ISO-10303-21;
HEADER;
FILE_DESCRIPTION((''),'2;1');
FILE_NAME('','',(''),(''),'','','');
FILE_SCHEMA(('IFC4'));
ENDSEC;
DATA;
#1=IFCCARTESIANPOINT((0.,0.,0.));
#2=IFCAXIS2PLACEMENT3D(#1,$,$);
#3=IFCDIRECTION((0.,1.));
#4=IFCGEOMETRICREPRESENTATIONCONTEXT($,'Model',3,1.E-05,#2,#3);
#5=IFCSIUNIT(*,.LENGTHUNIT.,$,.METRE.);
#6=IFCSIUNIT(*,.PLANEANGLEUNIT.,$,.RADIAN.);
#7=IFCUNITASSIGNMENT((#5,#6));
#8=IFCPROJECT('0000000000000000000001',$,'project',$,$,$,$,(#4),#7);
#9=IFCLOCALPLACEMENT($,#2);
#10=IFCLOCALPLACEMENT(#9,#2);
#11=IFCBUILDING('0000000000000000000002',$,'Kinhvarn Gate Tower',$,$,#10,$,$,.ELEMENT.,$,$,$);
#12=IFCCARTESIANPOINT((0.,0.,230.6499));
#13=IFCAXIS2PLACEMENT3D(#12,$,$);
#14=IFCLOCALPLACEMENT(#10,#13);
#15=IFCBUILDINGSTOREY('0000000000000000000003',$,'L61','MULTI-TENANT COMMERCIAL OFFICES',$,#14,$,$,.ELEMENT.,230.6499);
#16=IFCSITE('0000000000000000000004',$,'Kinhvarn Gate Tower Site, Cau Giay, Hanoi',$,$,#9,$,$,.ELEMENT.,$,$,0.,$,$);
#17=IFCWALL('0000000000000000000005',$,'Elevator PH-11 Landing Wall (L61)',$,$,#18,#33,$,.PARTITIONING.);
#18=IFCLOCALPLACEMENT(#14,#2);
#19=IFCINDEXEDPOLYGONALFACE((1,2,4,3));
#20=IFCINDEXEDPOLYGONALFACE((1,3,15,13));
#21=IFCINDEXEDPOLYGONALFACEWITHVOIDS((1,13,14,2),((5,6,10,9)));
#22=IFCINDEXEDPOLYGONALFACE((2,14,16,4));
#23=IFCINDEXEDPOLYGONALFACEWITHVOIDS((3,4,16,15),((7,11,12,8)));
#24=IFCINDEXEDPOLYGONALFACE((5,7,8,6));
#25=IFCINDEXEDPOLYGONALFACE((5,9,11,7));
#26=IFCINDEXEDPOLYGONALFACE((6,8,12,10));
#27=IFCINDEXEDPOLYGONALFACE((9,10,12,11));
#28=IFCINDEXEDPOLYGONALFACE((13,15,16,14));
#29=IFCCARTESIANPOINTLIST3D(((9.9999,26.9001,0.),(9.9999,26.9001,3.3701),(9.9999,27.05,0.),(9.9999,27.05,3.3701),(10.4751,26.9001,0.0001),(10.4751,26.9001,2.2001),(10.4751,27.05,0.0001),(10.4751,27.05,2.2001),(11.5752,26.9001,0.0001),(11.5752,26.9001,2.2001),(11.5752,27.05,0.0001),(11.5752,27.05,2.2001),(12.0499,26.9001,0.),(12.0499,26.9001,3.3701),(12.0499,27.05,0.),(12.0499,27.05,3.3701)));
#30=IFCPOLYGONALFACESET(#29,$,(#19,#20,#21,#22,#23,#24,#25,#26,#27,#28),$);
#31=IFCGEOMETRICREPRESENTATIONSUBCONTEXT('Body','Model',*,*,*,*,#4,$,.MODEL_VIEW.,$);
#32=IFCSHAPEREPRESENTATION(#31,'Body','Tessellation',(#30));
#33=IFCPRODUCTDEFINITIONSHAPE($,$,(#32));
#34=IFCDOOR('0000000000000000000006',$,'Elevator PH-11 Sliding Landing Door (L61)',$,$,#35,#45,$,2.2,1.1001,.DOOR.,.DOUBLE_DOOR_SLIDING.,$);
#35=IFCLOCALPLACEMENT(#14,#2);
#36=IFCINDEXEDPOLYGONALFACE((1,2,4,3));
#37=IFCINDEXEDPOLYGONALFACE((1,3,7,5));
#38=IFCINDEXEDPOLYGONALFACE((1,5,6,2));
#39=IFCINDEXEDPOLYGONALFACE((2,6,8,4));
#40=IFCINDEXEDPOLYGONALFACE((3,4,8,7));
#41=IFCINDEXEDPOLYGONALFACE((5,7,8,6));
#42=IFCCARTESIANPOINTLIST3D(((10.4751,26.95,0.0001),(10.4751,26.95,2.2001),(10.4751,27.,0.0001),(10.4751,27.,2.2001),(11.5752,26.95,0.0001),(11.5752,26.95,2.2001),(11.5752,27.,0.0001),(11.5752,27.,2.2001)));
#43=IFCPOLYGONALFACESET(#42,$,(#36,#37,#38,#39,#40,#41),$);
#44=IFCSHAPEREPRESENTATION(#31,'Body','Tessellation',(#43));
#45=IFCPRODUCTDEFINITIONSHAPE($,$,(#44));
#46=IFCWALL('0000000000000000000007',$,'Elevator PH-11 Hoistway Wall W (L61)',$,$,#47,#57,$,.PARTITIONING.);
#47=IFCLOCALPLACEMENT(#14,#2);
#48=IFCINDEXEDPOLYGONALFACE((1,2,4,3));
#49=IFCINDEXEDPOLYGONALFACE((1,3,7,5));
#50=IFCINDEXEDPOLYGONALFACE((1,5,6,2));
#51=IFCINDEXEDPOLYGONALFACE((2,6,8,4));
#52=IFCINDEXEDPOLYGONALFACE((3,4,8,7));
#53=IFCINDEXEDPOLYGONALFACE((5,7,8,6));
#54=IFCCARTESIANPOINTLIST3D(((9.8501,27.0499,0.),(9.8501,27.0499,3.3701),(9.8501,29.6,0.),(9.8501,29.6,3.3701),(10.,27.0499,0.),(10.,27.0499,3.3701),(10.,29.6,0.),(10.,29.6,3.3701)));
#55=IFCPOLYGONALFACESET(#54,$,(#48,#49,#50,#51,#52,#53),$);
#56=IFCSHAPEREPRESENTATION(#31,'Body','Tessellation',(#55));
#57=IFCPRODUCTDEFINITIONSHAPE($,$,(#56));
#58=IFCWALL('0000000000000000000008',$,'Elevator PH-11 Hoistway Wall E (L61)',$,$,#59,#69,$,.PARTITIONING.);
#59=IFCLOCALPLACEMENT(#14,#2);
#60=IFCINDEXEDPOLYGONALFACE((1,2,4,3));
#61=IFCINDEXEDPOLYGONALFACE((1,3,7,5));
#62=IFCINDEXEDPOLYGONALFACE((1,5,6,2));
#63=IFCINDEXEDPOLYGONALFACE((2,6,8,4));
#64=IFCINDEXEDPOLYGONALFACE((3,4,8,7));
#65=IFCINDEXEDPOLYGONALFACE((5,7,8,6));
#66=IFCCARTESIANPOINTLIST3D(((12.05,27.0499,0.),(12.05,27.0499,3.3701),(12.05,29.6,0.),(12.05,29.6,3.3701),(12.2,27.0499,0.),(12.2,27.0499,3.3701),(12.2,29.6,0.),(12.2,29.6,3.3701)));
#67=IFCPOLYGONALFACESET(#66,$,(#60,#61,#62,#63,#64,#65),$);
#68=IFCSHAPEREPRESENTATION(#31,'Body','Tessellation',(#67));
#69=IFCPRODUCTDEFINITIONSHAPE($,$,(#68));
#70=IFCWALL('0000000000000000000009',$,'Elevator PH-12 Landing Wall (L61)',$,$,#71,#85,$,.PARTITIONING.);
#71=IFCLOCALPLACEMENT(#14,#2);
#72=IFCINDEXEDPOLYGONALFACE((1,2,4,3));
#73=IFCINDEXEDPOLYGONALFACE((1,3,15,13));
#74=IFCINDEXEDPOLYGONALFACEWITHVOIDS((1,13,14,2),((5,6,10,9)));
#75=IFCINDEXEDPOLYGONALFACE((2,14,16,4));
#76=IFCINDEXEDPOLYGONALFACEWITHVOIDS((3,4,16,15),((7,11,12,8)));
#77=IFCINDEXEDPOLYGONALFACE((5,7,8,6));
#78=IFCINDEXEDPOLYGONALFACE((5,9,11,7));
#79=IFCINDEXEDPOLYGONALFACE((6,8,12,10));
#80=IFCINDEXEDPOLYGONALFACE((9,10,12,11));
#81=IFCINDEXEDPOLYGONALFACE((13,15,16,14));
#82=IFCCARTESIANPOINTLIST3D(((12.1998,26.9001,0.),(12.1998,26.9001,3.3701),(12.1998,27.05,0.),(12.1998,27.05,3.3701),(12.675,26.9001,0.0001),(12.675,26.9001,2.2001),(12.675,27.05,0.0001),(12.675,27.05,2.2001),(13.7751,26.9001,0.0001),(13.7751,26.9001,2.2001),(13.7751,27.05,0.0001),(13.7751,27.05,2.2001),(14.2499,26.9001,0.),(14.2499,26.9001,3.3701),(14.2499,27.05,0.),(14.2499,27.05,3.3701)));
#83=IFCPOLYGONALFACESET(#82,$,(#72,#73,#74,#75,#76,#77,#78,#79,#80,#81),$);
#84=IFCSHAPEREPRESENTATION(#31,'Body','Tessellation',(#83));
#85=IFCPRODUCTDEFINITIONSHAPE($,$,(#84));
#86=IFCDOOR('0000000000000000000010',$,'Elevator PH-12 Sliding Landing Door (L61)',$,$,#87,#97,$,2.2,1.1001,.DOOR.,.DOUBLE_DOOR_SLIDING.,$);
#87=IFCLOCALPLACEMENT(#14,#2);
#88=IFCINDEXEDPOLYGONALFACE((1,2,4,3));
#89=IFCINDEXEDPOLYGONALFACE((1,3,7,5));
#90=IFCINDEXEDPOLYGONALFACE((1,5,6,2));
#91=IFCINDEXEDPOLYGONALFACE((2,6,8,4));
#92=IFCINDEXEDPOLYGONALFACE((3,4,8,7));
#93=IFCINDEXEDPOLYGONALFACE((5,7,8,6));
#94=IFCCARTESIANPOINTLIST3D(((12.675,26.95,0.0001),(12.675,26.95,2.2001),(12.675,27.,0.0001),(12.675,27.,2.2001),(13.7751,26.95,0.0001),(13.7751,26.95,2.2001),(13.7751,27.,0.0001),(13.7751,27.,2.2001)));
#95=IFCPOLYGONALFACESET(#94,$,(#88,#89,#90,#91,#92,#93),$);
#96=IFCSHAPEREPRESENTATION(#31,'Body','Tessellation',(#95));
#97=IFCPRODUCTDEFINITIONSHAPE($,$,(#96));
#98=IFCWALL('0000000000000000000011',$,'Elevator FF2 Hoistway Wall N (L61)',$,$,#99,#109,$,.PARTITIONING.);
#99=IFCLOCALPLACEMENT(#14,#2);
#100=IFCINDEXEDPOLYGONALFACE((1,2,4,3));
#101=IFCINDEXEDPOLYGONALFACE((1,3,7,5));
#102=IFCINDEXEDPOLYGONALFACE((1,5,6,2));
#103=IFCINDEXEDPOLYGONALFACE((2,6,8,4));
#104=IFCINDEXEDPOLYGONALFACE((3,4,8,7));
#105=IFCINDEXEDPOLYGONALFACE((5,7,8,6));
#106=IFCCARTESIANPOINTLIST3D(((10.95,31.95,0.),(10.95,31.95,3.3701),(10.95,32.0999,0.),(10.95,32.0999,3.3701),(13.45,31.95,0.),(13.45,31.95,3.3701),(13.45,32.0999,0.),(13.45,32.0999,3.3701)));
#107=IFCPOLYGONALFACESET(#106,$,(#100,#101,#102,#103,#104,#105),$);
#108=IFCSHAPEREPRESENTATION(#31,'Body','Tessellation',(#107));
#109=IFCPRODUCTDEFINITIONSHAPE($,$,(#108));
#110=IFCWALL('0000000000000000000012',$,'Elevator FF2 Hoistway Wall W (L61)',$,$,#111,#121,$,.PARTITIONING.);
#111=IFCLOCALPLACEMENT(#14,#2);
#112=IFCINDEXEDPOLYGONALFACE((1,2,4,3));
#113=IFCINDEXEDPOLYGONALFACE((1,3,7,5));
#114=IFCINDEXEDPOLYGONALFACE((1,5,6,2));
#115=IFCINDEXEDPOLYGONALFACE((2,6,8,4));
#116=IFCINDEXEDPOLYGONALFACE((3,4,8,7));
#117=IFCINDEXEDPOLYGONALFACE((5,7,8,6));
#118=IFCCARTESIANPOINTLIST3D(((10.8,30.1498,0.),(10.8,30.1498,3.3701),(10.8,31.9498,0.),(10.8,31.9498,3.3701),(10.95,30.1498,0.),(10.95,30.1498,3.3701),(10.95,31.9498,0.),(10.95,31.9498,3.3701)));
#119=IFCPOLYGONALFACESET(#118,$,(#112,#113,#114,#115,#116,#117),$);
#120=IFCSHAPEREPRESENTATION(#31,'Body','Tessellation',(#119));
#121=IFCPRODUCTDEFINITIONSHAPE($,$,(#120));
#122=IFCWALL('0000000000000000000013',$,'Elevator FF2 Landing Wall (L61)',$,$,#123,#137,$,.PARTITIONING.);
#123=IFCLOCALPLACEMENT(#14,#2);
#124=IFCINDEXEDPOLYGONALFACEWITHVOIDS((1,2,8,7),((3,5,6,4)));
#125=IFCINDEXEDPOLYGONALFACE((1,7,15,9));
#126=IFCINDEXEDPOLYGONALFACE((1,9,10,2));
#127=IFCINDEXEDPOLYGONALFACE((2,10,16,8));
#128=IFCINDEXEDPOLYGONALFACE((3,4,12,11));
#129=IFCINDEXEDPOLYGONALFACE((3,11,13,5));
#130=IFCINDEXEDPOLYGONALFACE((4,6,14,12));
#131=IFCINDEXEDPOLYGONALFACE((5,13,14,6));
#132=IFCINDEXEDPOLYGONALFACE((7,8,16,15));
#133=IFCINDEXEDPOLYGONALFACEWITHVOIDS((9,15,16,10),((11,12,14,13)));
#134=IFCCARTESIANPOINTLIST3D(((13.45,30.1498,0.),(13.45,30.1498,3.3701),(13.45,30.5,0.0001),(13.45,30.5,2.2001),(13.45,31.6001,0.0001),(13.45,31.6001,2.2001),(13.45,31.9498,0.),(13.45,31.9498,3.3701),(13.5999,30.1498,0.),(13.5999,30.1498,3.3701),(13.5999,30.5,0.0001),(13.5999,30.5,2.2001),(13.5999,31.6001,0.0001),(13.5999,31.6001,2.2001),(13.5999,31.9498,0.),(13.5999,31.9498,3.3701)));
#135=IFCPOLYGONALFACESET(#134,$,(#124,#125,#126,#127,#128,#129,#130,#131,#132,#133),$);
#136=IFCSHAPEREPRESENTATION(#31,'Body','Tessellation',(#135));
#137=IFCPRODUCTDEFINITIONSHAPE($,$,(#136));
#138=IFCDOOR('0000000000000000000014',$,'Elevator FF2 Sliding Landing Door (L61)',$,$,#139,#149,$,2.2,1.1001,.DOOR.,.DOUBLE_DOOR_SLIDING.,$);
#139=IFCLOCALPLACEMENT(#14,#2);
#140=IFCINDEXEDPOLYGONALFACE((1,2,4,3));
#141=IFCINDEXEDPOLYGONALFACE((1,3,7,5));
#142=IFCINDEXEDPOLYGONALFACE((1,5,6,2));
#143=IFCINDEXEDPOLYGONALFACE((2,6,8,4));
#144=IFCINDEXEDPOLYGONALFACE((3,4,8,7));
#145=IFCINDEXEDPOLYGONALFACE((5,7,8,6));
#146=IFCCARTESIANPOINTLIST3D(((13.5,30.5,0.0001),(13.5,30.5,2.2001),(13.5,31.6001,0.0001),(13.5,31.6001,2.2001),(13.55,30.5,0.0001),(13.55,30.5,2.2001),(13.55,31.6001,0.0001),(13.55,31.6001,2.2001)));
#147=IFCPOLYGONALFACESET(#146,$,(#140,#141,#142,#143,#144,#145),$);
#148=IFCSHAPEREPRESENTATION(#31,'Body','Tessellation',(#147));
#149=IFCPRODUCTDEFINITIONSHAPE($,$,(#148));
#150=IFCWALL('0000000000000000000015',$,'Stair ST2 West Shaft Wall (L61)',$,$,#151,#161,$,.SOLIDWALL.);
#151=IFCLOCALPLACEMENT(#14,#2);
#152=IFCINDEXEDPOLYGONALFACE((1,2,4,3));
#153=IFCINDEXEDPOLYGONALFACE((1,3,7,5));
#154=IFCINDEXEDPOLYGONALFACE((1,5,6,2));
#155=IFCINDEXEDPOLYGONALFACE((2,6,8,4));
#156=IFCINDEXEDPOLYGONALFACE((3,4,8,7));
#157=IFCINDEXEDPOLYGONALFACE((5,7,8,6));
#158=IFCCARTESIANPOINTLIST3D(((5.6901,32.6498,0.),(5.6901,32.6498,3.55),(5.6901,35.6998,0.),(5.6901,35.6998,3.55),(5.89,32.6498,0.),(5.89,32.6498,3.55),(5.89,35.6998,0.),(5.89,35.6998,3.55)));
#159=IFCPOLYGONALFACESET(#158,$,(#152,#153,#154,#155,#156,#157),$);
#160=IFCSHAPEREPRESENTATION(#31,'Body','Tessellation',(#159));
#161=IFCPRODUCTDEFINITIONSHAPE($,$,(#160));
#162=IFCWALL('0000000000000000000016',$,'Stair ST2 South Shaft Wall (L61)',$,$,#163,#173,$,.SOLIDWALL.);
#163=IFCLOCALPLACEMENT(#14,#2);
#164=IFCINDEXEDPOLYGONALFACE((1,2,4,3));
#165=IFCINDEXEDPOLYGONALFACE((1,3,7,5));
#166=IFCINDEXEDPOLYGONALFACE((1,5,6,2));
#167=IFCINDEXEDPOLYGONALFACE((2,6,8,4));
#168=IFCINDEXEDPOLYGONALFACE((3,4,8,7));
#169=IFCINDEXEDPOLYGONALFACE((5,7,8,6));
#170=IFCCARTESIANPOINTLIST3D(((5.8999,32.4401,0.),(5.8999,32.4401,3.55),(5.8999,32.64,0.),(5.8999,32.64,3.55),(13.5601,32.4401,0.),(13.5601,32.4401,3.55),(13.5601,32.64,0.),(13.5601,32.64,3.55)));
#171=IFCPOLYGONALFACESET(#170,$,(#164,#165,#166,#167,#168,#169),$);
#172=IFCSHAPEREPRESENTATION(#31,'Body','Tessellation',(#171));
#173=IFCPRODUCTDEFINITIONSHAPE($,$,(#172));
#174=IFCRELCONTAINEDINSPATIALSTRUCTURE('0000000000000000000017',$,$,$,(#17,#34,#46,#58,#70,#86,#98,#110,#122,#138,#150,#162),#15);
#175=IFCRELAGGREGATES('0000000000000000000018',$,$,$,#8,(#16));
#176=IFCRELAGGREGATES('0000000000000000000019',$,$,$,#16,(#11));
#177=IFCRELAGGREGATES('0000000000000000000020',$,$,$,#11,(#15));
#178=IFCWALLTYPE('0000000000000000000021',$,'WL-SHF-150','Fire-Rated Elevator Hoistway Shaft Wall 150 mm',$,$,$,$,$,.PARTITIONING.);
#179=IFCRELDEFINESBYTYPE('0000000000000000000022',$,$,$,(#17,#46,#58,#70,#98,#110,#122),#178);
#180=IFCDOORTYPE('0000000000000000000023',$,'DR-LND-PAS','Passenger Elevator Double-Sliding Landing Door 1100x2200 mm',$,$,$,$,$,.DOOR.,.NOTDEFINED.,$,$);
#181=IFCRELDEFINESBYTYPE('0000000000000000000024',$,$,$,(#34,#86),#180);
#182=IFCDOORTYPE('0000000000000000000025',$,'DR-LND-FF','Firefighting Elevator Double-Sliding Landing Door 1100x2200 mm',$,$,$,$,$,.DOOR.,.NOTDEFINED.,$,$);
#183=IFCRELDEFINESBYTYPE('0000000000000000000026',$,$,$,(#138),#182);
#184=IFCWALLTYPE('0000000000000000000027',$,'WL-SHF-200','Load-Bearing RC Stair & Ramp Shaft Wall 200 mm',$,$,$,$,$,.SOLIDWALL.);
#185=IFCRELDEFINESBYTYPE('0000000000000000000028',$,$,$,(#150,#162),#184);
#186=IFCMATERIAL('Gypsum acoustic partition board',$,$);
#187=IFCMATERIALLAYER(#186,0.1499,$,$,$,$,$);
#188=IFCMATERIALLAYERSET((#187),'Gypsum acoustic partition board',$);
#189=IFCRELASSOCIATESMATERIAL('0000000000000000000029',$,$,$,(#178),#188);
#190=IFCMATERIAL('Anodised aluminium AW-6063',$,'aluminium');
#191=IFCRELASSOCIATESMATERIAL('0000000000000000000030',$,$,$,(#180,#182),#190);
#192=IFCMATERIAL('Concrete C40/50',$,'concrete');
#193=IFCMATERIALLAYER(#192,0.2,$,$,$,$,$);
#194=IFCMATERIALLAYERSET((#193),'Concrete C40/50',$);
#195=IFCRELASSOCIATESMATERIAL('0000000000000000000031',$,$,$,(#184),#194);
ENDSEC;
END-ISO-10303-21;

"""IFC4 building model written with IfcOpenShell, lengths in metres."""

from ifc_helpers import new_model, si_unit, direction, frame, frame_2d, origin, place, context, subcontext, project, spatial, rectangle, extrude, material, layer, layer_set, type_object, element, fill, save


model = new_model("IFC4")

# Units and contexts
model_context = context("Model", 3, precision=1e-05, world=origin(), true_north=direction((0.0, 1.0)))
body_context = subcontext(model_context, "Body", "Model", "MODEL_VIEW")
ifc_project = project(units=[si_unit("LENGTHUNIT", "METRE"), si_unit("PLANEANGLEUNIT", "RADIAN")], contexts=[model_context])

# Site, building, storey
site_placement = place(None, origin())
site = spatial("IfcSite", under=ifc_project, at=site_placement, Name="Kinhvarn Gate Tower Site, Cau Giay, Hanoi", CompositionType="ELEMENT", RefElevation=0.0)
building_placement = place(site_placement, origin())
building = spatial("IfcBuilding", under=site, at=building_placement, Name="Kinhvarn Gate Tower", CompositionType="ELEMENT")
storey_placement = place(building_placement, frame((0.0, 0.0, 230.6499)))
storey = spatial("IfcBuildingStorey", under=building, at=storey_placement, Name="L61", Description="MULTI-TENANT COMMERCIAL OFFICES", CompositionType="ELEMENT", Elevation=230.6499)

# Shared definitions
ifc_material_1 = material(Name="Gypsum acoustic partition board")

# Shared definitions
ifc_material_2 = material(Name="Anodised aluminium AW-6063", Category="aluminium")

# Wall, opening, door
ifc_layer_1 = layer(ifc_material_1, 0.1499)
ifc_layer_set_1 = layer_set([ifc_layer_1], Name="Gypsum acoustic partition board")
wall_type_1 = type_object("IfcWallType", Name="WL-SHF-150", Description="Fire-Rated Elevator Hoistway Shaft Wall 150 mm", PredefinedType="PARTITIONING", material=ifc_layer_set_1)
door_type_1 = type_object("IfcDoorType", Name="DR-LND-PAS", Description="Passenger Elevator Double-Sliding Landing Door 1100x2200 mm", OperationType="NOTDEFINED", PredefinedType="DOOR", material=ifc_material_2)
wall_1_placement = place(storey_placement, frame((10.0, 26.9751, 0.0), z_axis=(0.0, 0.0, 1.0), x_axis=(1.0, 0.0, 0.0)))
wall_1 = element("IfcWall", 1, at=wall_1_placement, inside=storey, type_object=wall_type_1, Name="Elevator PH-11 Landing Wall (L61)", PredefinedType="PARTITIONING", context=body_context, shape_type="SweptSolid", body=[
    extrude(rectangle(XDim=2.05, YDim=0.1499, at=frame_2d((1.0249, 0.0))), origin(), (0.0, 0.0, 1.0), 3.3701),
])
opening_1_placement = place(wall_1_placement, frame((0.4751, 0.0, 0.0)))
opening_1 = element("IfcOpeningElement", 2, at=opening_1_placement, cuts=wall_1, PredefinedType="OPENING", context=body_context, shape_type="SweptSolid", body=[
    extrude(rectangle(XDim=1.1001, YDim=2.2, at=frame_2d((0.55, 1.1001))), frame((0.0, 0.085, 0.0), z_axis=(0.0, -1.0, 0.0), x_axis=(1.0, 0.0, 0.0)), (0.0, 0.0, 1.0), 0.1699),
])
door_1_placement = place(opening_1_placement, origin())
door_1 = element("IfcDoor", 3, at=door_1_placement, inside=storey, type_object=door_type_1, Name="Elevator PH-11 Sliding Landing Door (L61)", OperationType="DOUBLE_DOOR_SLIDING", OverallHeight=2.2, OverallWidth=1.1001, PredefinedType="DOOR", context=body_context, shape_type="SweptSolid", body=[
    extrude(rectangle(XDim=1.1001, YDim=2.2, at=frame_2d((0.55, 1.1001))), frame((0.0, 0.0249, 0.0), z_axis=(0.0, -1.0, 0.0), x_axis=(1.0, 0.0, 0.0)), (0.0, 0.0, 1.0), 0.05),
])
fill(opening_1, door_1)

# Walls
for number, where, z_axis, x_axis, name in (
    (4, (9.925, 27.05, 0.0), (0.0, 0.0, 1.0), (0.0, 1.0, 0.0), "Elevator PH-11 Hoistway Wall W (L61)"),
    (5, (12.125, 27.05, 0.0), (0.0, 0.0, 1.0), (0.0, 1.0, 0.0), "Elevator PH-11 Hoistway Wall E (L61)"),
):
    element("IfcWall", number, at=place(storey_placement, frame(where, z_axis=z_axis, x_axis=x_axis)), inside=storey, type_object=wall_type_1, Name=name, PredefinedType="PARTITIONING", context=body_context, shape_type="SweptSolid", body=[
        extrude(rectangle(XDim=2.55, YDim=0.1499, at=frame_2d((1.2749, 0.0))), origin(), (0.0, 0.0, 1.0), 3.3701),
    ])

# Wall, opening, door
wall_2_placement = place(storey_placement, frame((12.2, 26.9751, 0.0), z_axis=(0.0, 0.0, 1.0), x_axis=(1.0, 0.0, 0.0)))
wall_2 = element("IfcWall", 6, at=wall_2_placement, inside=storey, type_object=wall_type_1, Name="Elevator PH-12 Landing Wall (L61)", PredefinedType="PARTITIONING", context=body_context, shape_type="SweptSolid", body=[
    extrude(rectangle(XDim=2.05, YDim=0.1499, at=frame_2d((1.0249, 0.0))), origin(), (0.0, 0.0, 1.0), 3.3701),
])
opening_2_placement = place(wall_2_placement, frame((0.4751, 0.0, 0.0)))
opening_2 = element("IfcOpeningElement", 7, at=opening_2_placement, cuts=wall_2, PredefinedType="OPENING", context=body_context, shape_type="SweptSolid", body=[
    extrude(rectangle(XDim=1.1001, YDim=2.2, at=frame_2d((0.55, 1.1001))), frame((0.0, 0.085, 0.0), z_axis=(0.0, -1.0, 0.0), x_axis=(1.0, 0.0, 0.0)), (0.0, 0.0, 1.0), 0.1699),
])
door_2_placement = place(opening_2_placement, origin())
door_2 = element("IfcDoor", 8, at=door_2_placement, inside=storey, type_object=door_type_1, Name="Elevator PH-12 Sliding Landing Door (L61)", OperationType="DOUBLE_DOOR_SLIDING", OverallHeight=2.2, OverallWidth=1.1001, PredefinedType="DOOR", context=body_context, shape_type="SweptSolid", body=[
    extrude(rectangle(XDim=1.1001, YDim=2.2, at=frame_2d((0.55, 1.1001))), frame((0.0, 0.0249, 0.0), z_axis=(0.0, -1.0, 0.0), x_axis=(1.0, 0.0, 0.0)), (0.0, 0.0, 1.0), 0.05),
])
fill(opening_2, door_2)

# Walls
wall_3_placement = place(storey_placement, frame((10.95, 32.0249, 0.0), z_axis=(0.0, 0.0, 1.0), x_axis=(1.0, 0.0, 0.0)))
element("IfcWall", 9, at=wall_3_placement, inside=storey, type_object=wall_type_1, Name="Elevator FF2 Hoistway Wall N (L61)", PredefinedType="PARTITIONING", context=body_context, shape_type="SweptSolid", body=[
    extrude(rectangle(XDim=2.5, YDim=0.1499, at=frame_2d((1.25, 0.0))), origin(), (0.0, 0.0, 1.0), 3.3701),
])
wall_4_placement = place(storey_placement, frame((10.875, 30.1499, 0.0), z_axis=(0.0, 0.0, 1.0), x_axis=(0.0, 1.0, 0.0)))
element("IfcWall", 10, at=wall_4_placement, inside=storey, type_object=wall_type_1, Name="Elevator FF2 Hoistway Wall W (L61)", PredefinedType="PARTITIONING", context=body_context, shape_type="SweptSolid", body=[
    extrude(rectangle(XDim=1.8, YDim=0.1499, at=frame_2d((0.8999, 0.0))), origin(), (0.0, 0.0, 1.0), 3.3701),
])

# Wall, opening, door
wall_5_placement = place(storey_placement, frame((13.5249, 30.1499, 0.0), z_axis=(0.0, 0.0, 1.0), x_axis=(0.0, 1.0, 0.0)))
wall_5 = element("IfcWall", 11, at=wall_5_placement, inside=storey, type_object=wall_type_1, Name="Elevator FF2 Landing Wall (L61)", PredefinedType="PARTITIONING", context=body_context, shape_type="SweptSolid", body=[
    extrude(rectangle(XDim=1.8, YDim=0.1499, at=frame_2d((0.8999, 0.0))), origin(), (0.0, 0.0, 1.0), 3.3701),
])
opening_3_placement = place(wall_5_placement, frame((0.3501, 0.0, 0.0)))
opening_3 = element("IfcOpeningElement", 12, at=opening_3_placement, cuts=wall_5, PredefinedType="OPENING", context=body_context, shape_type="SweptSolid", body=[
    extrude(rectangle(XDim=1.1001, YDim=2.2, at=frame_2d((0.55, 1.1001))), frame((0.0, 0.085, 0.0), z_axis=(0.0, -1.0, 0.0), x_axis=(1.0, 0.0, 0.0)), (0.0, 0.0, 1.0), 0.1699),
])
door_type_2 = type_object("IfcDoorType", Name="DR-LND-FF", Description="Firefighting Elevator Double-Sliding Landing Door 1100x2200 mm", OperationType="NOTDEFINED", PredefinedType="DOOR", material=ifc_material_2)
door_3_placement = place(opening_3_placement, origin())
door_3 = element("IfcDoor", 13, at=door_3_placement, inside=storey, type_object=door_type_2, Name="Elevator FF2 Sliding Landing Door (L61)", OperationType="DOUBLE_DOOR_SLIDING", OverallHeight=2.2, OverallWidth=1.1001, PredefinedType="DOOR", context=body_context, shape_type="SweptSolid", body=[
    extrude(rectangle(XDim=1.1001, YDim=2.2, at=frame_2d((0.55, 1.1001))), frame((0.0, 0.0249, 0.0), z_axis=(0.0, -1.0, 0.0), x_axis=(1.0, 0.0, 0.0)), (0.0, 0.0, 1.0), 0.05),
])
fill(opening_3, door_3)

# Walls
ifc_material_3 = material(Name="Concrete C40/50", Category="concrete")
ifc_layer_2 = layer(ifc_material_3, 0.2)
ifc_layer_set_2 = layer_set([ifc_layer_2], Name="Concrete C40/50")
wall_type_2 = type_object("IfcWallType", Name="WL-SHF-200", Description="Load-Bearing RC Stair & Ramp Shaft Wall 200 mm", PredefinedType="SOLIDWALL", material=ifc_layer_set_2)
wall_6_placement = place(storey_placement, frame((5.79, 32.6499, 0.0), z_axis=(0.0, 0.0, 1.0), x_axis=(0.0, 1.0, 0.0)))
element("IfcWall", 14, at=wall_6_placement, inside=storey, type_object=wall_type_2, Name="Stair ST2 West Shaft Wall (L61)", PredefinedType="SOLIDWALL", context=body_context, shape_type="SweptSolid", body=[
    extrude(rectangle(XDim=3.05, YDim=0.2, at=frame_2d((1.5249, 0.0))), origin(), (0.0, 0.0, 1.0), 3.55),
])
wall_7_placement = place(storey_placement, frame((5.8999, 32.54, 0.0), z_axis=(0.0, 0.0, 1.0), x_axis=(1.0, 0.0, 0.0)))
element("IfcWall", 15, at=wall_7_placement, inside=storey, type_object=wall_type_2, Name="Stair ST2 South Shaft Wall (L61)", PredefinedType="SOLIDWALL", context=body_context, shape_type="SweptSolid", body=[
    extrude(rectangle(XDim=7.6602, YDim=0.2, at=frame_2d((3.8301, 0.0))), origin(), (0.0, 0.0, 1.0), 3.55),
])

save(model, "model.ifc")
